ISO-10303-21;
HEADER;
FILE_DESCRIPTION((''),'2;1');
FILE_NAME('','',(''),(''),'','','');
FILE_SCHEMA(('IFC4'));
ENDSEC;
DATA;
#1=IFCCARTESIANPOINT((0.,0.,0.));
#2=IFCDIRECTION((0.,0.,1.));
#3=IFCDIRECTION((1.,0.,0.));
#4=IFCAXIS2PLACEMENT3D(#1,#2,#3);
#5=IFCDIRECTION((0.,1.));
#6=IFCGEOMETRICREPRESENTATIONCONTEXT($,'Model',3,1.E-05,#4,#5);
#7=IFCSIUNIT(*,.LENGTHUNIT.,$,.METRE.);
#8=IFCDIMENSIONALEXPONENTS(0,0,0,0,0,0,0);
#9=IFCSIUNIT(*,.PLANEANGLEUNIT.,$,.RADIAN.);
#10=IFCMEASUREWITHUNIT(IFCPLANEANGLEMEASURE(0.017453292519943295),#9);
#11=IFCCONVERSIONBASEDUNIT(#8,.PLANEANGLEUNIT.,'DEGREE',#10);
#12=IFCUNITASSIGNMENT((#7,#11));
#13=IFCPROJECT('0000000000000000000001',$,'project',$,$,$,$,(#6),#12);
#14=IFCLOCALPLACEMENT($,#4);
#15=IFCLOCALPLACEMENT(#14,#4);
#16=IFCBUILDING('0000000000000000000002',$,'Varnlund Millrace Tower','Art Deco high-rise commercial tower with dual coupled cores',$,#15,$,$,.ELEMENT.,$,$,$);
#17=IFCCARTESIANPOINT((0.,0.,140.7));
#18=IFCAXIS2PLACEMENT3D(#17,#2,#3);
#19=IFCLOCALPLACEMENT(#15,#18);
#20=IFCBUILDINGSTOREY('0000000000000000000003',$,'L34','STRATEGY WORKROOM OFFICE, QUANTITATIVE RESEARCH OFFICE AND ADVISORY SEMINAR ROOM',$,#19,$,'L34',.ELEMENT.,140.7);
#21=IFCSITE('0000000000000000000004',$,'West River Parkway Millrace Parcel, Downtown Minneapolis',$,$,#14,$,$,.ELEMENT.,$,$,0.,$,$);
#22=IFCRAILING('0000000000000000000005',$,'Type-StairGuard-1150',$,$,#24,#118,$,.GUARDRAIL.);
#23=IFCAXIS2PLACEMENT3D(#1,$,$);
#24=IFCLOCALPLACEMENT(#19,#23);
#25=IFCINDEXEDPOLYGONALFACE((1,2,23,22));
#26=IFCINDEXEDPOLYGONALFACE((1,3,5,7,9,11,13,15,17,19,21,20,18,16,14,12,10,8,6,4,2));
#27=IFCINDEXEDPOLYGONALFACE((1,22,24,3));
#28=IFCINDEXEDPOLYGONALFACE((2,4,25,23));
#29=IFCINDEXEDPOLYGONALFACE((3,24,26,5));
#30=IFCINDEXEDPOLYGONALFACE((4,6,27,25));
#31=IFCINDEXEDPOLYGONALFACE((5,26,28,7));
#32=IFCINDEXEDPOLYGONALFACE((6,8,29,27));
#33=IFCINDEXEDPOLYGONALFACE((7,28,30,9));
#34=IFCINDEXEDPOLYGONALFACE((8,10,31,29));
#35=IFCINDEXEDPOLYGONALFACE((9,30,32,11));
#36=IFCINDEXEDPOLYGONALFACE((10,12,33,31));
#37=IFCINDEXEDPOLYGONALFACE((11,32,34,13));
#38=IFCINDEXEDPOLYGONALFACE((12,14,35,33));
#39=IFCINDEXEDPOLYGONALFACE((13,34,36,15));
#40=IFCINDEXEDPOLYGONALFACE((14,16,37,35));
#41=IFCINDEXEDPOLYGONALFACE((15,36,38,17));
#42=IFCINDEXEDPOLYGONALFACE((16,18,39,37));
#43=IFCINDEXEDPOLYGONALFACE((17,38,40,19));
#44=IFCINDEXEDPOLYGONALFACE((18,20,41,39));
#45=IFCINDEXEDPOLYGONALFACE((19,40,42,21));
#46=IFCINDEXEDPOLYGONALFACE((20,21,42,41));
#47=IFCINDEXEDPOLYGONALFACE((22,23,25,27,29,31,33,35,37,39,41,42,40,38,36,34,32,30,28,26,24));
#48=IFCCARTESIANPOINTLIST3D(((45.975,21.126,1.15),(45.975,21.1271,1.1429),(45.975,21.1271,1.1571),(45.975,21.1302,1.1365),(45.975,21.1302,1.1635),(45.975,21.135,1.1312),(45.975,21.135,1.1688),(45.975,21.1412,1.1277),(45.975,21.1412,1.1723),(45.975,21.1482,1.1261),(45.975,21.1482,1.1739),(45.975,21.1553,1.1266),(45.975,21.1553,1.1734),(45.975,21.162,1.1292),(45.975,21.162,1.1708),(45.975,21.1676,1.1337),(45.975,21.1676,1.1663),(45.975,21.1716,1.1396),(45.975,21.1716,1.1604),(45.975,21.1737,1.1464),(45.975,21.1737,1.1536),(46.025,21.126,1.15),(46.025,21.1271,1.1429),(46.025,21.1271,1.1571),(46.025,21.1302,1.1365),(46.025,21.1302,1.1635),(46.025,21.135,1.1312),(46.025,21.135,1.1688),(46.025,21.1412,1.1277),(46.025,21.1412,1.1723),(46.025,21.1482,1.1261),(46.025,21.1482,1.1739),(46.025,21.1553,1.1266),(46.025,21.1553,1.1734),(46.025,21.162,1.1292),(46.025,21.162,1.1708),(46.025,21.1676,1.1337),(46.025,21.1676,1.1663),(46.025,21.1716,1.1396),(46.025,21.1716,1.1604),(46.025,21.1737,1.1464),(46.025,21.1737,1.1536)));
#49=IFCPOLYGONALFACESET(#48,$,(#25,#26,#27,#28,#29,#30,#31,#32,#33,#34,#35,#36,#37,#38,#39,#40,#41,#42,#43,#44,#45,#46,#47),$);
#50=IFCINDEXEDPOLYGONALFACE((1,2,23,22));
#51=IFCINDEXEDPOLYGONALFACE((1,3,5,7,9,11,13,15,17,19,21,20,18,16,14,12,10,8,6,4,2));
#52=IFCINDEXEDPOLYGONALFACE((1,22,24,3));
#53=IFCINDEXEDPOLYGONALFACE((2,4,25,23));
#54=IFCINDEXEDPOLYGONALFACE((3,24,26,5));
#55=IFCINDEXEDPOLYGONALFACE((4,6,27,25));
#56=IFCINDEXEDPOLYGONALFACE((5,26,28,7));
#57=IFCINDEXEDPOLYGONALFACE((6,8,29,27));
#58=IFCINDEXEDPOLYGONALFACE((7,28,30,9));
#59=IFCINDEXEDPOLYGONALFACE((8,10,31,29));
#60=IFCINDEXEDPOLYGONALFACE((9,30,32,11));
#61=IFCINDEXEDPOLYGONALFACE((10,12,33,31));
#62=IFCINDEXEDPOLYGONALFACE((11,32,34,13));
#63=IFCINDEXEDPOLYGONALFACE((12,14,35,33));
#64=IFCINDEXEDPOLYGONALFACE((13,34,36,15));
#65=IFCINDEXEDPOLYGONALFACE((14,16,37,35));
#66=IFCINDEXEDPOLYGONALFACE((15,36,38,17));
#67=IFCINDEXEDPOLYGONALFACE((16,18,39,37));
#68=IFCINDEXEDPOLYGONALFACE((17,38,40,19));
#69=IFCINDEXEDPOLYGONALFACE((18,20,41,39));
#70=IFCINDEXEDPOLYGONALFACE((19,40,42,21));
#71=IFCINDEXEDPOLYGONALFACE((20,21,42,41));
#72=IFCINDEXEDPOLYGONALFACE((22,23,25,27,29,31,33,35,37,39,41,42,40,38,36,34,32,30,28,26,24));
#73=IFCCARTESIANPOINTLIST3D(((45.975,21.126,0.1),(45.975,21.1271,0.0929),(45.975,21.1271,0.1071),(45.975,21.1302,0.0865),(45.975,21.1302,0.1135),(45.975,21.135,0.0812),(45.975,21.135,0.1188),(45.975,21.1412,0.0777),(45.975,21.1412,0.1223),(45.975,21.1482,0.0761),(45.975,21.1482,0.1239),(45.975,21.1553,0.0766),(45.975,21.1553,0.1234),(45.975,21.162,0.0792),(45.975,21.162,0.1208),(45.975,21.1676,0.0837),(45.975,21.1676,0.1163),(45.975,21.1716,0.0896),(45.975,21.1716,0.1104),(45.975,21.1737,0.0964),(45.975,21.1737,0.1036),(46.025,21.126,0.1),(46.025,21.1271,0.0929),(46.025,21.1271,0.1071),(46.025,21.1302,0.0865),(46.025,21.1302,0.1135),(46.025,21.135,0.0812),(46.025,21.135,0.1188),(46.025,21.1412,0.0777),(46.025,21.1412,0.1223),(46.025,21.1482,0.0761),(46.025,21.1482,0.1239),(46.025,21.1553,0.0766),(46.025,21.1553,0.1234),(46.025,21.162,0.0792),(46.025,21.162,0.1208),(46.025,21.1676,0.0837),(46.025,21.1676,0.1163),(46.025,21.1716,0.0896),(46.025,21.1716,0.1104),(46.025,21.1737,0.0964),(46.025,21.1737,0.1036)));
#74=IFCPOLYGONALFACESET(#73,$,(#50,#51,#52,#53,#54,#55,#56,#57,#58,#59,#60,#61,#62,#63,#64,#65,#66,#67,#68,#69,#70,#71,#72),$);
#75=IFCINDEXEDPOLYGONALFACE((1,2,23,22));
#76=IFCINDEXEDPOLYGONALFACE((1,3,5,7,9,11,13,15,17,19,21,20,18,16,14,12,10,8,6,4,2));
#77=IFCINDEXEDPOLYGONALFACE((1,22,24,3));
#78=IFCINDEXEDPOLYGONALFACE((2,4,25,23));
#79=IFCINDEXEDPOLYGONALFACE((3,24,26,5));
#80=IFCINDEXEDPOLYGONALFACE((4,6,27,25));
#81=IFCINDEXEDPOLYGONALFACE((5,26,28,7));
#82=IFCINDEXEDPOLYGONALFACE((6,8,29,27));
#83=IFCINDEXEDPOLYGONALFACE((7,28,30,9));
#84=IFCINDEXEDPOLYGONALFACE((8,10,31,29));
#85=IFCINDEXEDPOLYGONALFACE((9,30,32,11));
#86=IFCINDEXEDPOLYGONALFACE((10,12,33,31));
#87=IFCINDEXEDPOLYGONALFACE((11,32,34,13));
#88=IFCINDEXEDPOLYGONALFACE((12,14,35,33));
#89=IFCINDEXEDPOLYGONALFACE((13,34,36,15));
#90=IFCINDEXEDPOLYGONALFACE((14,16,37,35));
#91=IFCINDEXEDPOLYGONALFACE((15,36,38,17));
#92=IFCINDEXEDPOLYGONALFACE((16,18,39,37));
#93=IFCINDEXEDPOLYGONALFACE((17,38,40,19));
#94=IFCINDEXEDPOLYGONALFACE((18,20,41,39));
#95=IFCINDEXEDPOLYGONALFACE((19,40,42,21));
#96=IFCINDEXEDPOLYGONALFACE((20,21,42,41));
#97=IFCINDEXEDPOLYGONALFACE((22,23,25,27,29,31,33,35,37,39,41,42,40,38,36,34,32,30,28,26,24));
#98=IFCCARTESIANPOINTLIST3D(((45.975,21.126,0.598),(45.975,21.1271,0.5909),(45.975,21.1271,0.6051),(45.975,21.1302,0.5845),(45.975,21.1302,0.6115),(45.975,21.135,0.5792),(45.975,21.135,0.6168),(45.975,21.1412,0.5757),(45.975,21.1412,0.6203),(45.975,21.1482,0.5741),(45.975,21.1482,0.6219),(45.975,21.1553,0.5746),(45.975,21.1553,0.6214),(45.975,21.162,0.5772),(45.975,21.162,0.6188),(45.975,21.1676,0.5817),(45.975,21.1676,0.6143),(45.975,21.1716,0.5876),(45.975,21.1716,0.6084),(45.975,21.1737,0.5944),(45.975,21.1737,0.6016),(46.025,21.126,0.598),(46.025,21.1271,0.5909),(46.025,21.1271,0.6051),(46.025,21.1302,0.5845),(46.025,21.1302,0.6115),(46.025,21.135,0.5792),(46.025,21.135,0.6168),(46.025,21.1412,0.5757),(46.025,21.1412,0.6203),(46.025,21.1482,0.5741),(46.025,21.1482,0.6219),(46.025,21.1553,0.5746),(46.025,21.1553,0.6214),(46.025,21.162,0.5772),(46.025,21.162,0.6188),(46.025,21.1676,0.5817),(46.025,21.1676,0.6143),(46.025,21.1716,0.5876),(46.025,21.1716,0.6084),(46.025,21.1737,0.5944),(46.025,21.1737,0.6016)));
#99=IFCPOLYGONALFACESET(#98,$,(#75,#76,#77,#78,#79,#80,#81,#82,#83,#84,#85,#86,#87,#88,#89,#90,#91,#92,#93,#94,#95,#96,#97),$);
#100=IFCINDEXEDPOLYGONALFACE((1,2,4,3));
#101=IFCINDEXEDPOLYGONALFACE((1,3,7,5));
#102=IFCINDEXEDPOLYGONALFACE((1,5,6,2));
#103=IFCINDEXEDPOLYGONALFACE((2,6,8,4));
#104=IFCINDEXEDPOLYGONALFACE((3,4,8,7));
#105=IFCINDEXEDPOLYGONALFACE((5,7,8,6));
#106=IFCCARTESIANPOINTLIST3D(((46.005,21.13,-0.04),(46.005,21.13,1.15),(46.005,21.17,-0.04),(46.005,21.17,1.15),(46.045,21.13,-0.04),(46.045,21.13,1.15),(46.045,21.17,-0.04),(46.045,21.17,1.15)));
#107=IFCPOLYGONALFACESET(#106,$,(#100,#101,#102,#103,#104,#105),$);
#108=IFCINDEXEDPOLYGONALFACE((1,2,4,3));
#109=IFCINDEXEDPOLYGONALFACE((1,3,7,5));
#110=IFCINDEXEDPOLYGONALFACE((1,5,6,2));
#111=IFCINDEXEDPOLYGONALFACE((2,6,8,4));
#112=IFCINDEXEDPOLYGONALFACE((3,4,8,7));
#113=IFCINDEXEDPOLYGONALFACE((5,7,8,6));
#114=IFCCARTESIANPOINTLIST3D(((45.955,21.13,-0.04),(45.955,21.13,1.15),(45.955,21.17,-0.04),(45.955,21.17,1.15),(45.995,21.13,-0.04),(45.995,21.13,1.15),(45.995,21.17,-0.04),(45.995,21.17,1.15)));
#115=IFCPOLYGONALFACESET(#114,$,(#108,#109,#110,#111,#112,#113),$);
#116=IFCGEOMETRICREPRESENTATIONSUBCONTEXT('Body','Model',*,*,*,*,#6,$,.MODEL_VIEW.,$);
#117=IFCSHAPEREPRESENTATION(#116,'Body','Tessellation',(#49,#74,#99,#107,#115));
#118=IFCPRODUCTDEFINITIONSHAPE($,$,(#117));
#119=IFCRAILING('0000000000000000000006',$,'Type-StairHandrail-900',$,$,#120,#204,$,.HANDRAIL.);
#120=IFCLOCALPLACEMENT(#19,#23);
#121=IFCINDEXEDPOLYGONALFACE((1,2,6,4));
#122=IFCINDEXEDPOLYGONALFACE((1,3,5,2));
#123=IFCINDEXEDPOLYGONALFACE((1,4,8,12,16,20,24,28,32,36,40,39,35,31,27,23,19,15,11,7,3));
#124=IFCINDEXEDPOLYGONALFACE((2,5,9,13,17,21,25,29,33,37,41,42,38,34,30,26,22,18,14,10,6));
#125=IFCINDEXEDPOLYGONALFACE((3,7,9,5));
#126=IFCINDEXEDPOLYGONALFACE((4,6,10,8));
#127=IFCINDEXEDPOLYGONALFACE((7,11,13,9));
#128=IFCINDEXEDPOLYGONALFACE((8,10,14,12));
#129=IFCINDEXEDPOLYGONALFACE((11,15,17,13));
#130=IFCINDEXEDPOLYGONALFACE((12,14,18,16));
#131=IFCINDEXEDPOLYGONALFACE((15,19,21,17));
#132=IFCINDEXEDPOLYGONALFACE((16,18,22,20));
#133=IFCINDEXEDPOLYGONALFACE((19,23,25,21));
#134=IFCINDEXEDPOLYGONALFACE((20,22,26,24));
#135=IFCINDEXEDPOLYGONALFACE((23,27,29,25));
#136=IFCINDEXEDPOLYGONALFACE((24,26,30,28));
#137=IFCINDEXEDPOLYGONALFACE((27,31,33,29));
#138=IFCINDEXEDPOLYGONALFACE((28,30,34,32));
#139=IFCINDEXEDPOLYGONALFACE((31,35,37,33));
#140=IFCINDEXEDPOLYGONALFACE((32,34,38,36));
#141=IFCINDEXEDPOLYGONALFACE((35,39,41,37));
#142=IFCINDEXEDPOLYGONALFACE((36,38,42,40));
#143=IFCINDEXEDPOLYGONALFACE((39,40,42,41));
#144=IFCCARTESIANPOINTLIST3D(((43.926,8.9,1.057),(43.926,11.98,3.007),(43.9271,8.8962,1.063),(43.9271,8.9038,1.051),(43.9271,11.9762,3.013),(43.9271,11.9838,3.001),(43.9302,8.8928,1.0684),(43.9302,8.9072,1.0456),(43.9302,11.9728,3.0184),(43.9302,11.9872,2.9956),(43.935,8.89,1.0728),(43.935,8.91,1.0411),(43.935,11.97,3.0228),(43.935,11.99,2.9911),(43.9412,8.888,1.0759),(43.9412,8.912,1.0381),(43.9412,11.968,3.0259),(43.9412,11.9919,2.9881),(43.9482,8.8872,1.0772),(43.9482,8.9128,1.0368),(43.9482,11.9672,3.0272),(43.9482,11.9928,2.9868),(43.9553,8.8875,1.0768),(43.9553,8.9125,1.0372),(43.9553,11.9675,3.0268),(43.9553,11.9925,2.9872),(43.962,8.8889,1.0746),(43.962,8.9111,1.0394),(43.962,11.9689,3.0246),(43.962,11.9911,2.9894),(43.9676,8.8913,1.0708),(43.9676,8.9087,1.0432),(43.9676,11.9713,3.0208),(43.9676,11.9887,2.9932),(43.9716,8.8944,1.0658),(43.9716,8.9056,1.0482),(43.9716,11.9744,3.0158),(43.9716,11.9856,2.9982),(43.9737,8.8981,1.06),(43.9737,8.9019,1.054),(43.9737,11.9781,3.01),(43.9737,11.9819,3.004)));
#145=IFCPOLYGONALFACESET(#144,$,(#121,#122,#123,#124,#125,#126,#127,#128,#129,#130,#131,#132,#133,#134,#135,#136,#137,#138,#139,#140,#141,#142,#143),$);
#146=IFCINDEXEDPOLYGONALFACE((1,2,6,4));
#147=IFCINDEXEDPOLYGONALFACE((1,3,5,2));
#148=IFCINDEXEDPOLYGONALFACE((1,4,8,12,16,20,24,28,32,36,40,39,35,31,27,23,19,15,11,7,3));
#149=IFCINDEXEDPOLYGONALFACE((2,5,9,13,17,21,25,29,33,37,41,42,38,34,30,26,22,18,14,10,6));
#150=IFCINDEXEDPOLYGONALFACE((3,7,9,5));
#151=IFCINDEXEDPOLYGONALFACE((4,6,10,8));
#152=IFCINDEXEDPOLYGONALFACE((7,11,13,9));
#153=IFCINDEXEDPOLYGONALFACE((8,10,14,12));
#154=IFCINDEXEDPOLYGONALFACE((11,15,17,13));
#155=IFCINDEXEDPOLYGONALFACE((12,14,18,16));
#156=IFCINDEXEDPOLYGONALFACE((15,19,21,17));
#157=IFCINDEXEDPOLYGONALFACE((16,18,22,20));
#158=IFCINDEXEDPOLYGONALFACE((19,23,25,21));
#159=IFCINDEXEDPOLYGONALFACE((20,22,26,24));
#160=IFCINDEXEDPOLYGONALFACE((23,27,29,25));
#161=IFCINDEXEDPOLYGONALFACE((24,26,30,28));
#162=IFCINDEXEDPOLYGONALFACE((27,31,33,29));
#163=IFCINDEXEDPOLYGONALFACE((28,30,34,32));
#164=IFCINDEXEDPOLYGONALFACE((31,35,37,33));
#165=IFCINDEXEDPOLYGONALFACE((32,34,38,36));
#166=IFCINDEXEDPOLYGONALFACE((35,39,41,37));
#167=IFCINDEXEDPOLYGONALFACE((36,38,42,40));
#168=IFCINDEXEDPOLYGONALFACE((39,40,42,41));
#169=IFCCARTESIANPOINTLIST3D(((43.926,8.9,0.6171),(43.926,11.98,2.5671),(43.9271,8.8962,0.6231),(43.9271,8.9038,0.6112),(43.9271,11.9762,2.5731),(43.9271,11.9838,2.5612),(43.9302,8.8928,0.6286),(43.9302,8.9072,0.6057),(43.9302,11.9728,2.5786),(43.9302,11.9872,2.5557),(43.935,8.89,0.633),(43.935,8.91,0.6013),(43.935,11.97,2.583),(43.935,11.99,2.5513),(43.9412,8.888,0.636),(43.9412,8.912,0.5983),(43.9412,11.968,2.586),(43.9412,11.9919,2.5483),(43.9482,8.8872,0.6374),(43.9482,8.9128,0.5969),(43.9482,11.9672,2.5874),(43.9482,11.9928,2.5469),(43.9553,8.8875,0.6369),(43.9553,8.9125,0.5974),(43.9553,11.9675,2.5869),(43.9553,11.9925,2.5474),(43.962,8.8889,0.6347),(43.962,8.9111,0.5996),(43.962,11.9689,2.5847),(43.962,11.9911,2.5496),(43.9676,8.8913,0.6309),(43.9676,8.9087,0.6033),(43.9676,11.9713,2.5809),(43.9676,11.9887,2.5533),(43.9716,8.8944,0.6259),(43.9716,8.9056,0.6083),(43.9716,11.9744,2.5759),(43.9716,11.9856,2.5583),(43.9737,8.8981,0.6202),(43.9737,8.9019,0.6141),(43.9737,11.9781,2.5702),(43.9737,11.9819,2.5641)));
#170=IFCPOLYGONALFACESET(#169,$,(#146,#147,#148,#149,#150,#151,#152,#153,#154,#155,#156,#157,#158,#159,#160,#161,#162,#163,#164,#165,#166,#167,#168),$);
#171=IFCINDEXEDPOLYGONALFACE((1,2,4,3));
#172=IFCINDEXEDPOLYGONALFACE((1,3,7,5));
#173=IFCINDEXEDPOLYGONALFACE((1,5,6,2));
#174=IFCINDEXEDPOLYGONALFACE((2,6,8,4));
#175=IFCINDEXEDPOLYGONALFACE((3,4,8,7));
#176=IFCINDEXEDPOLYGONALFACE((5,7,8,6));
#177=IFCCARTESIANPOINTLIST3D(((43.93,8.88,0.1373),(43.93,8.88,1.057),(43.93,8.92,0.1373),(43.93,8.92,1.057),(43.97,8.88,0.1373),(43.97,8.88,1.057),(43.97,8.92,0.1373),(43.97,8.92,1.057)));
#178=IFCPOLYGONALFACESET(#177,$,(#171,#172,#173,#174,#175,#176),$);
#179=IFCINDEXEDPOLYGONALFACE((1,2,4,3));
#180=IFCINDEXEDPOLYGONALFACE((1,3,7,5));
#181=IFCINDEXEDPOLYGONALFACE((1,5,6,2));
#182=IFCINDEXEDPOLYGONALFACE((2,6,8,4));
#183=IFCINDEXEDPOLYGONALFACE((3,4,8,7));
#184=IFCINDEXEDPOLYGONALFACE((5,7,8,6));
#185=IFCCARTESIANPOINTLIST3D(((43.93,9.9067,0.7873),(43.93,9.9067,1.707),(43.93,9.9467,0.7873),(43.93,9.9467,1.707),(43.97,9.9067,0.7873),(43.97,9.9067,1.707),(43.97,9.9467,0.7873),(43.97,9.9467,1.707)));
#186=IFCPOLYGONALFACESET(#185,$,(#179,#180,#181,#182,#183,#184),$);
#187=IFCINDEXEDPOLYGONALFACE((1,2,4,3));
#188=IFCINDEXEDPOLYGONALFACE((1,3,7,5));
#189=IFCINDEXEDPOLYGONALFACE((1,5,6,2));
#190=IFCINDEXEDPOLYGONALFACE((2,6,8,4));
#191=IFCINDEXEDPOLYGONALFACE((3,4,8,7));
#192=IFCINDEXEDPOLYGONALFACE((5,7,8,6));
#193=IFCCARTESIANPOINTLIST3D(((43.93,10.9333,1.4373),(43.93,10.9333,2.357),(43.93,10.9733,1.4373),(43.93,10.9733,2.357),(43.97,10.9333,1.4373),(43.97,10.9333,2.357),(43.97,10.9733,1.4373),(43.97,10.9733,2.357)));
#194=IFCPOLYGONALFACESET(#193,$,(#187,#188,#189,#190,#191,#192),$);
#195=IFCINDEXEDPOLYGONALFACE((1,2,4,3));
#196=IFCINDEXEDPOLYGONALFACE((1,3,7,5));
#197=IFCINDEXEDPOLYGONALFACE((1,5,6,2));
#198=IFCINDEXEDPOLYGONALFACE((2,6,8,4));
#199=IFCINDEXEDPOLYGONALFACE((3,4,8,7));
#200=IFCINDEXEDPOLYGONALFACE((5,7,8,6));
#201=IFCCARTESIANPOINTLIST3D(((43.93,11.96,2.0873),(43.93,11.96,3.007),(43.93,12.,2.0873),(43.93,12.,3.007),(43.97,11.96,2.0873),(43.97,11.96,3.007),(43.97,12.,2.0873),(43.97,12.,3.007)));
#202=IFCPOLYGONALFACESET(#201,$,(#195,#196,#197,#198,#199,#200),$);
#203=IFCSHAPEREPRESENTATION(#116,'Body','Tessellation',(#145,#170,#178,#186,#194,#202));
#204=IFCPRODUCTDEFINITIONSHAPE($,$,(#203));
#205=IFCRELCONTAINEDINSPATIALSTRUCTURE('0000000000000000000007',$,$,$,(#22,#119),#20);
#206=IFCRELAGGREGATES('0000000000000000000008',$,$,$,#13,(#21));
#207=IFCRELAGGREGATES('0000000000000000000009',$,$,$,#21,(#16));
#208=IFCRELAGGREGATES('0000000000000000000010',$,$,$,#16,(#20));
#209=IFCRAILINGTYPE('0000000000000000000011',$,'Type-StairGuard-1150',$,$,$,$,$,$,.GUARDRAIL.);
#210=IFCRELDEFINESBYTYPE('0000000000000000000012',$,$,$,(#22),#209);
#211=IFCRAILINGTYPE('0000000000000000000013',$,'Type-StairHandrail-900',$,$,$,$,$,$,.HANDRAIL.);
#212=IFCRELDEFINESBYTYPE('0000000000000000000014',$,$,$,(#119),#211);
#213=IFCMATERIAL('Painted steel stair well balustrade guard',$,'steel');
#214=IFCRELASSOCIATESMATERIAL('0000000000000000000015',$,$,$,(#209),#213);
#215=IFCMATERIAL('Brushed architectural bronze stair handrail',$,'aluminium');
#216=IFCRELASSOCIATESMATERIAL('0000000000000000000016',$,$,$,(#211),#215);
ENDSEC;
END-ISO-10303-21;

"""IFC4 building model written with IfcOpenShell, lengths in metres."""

from ifc_helpers import new_model, entity, si_unit, converted_unit, direction, frame, origin_with_axes, origin_2d_with_axis, place, context, subcontext, project, spatial, rectangle, circle, extrude, material, type_object, element, save


model = new_model("IFC4")

# Units and contexts
model_context = context("Model", 3, precision=1e-05, world=origin_with_axes(), true_north=direction((0.0, 1.0)))
body_context = subcontext(model_context, "Body", "Model", "MODEL_VIEW")
ifc_project = project(units=[si_unit("LENGTHUNIT", "METRE"), converted_unit("PLANEANGLEUNIT", "DEGREE", entity("IfcPlaneAngleMeasure", 0.017453292519943295), si_unit("PLANEANGLEUNIT", "RADIAN"), dimensions=[0, 0, 0, 0, 0, 0, 0])], contexts=[model_context])

# Site, building, storey
site_placement = place(None, origin_with_axes())
site = spatial("IfcSite", under=ifc_project, at=site_placement, Name="West River Parkway Millrace Parcel, Downtown Minneapolis", CompositionType="ELEMENT", RefElevation=0.0)
building_placement = place(site_placement, origin_with_axes())
building = spatial("IfcBuilding", under=site, at=building_placement, Name="Varnlund Millrace Tower", Description="Art Deco high-rise commercial tower with dual coupled cores", CompositionType="ELEMENT")
storey_placement = place(building_placement, frame((0.0, 0.0, 140.7), z_axis=(0.0, 0.0, 1.0), x_axis=(1.0, 0.0, 0.0)))
storey = spatial("IfcBuildingStorey", under=building, at=storey_placement, Name="L34", Description="STRATEGY WORKROOM OFFICE, QUANTITATIVE RESEARCH OFFICE AND ADVISORY SEMINAR ROOM", LongName="L34", CompositionType="ELEMENT", Elevation=140.7)

# Railings
ifc_material_1 = material(Name="Painted steel stair well balustrade guard", Category="steel")
railing_type_1 = type_object("IfcRailingType", Name="Type-StairGuard-1150", PredefinedType="GUARDRAIL", material=ifc_material_1)
railing_1_placement = place(storey_placement, frame((0.0, 0.0, -140.7), z_axis=(0.0, 0.0, 1.0), x_axis=(1.0, 0.0, 0.0)))
element("IfcRailing", 1, at=railing_1_placement, inside=storey, type_object=railing_type_1, Name="Type-StairGuard-1150", PredefinedType="GUARDRAIL", context=body_context, shape_type="SweptSolid", body=[
    extrude(circle(Radius=0.024, at=origin_2d_with_axis()), frame((46.025, 21.15, 141.85), z_axis=(-1.0, 0.0, 0.0), x_axis=(0.0, -1.0, 0.0)), (0.0, 0.0, 1.0), 0.05),
    extrude(circle(Radius=0.024, at=origin_2d_with_axis()), frame((46.025, 21.15, 140.8), z_axis=(-1.0, 0.0, 0.0), x_axis=(0.0, -1.0, 0.0)), (0.0, 0.0, 1.0), 0.05),
    extrude(circle(Radius=0.024, at=origin_2d_with_axis()), frame((46.025, 21.15, 141.298), z_axis=(-1.0, 0.0, 0.0), x_axis=(0.0, -1.0, 0.0)), (0.0, 0.0, 1.0), 0.05),
    extrude(rectangle(XDim=0.04, YDim=0.04, at=origin_2d_with_axis()), frame((46.025, 21.15, 140.66), z_axis=(0.0, 0.0, 1.0), x_axis=(1.0, 0.0, 0.0)), (0.0, 0.0, 1.0), 1.19),
    extrude(rectangle(XDim=0.04, YDim=0.04, at=origin_2d_with_axis()), frame((45.975, 21.15, 140.66), z_axis=(0.0, 0.0, 1.0), x_axis=(1.0, 0.0, 0.0)), (0.0, 0.0, 1.0), 1.19),
])
ifc_material_2 = material(Name="Brushed architectural bronze stair handrail", Category="aluminium")
railing_type_2 = type_object("IfcRailingType", Name="Type-StairHandrail-900", PredefinedType="HANDRAIL", material=ifc_material_2)
railing_2_placement = place(storey_placement, frame((0.0, 0.0, -140.7), z_axis=(0.0, 0.0, 1.0), x_axis=(1.0, 0.0, 0.0)))
element("IfcRailing", 2, at=railing_2_placement, inside=storey, type_object=railing_type_2, Name="Type-StairHandrail-900", PredefinedType="HANDRAIL", context=body_context, shape_type="SweptSolid", body=[
    extrude(circle(Radius=0.024, at=origin_2d_with_axis()), frame((43.95, 8.9, 141.757), z_axis=(0.0, 0.844902, 0.534922), x_axis=(-1.0, 0.0, 0.0)), (0.0, 0.0, 1.0), 3.6454),
    extrude(circle(Radius=0.024, at=origin_2d_with_axis()), frame((43.95, 8.9, 141.3171), z_axis=(0.0, 0.844902, 0.534922), x_axis=(-1.0, 0.0, 0.0)), (0.0, 0.0, 1.0), 3.6454),
    extrude(rectangle(XDim=0.04, YDim=0.04, at=origin_2d_with_axis()), frame((43.95, 8.9, 140.8373), z_axis=(0.0, 0.0, 1.0), x_axis=(1.0, 0.0, 0.0)), (0.0, 0.0, 1.0), 0.9197),
    extrude(rectangle(XDim=0.04, YDim=0.04, at=origin_2d_with_axis()), frame((43.95, 9.9267, 141.4873), z_axis=(0.0, 0.0, 1.0), x_axis=(1.0, 0.0, 0.0)), (0.0, 0.0, 1.0), 0.9197),
    extrude(rectangle(XDim=0.04, YDim=0.04, at=origin_2d_with_axis()), frame((43.95, 10.9533, 142.1373), z_axis=(0.0, 0.0, 1.0), x_axis=(1.0, 0.0, 0.0)), (0.0, 0.0, 1.0), 0.9197),
    extrude(rectangle(XDim=0.04, YDim=0.04, at=origin_2d_with_axis()), frame((43.95, 11.98, 142.7873), z_axis=(0.0, 0.0, 1.0), x_axis=(1.0, 0.0, 0.0)), (0.0, 0.0, 1.0), 0.9197),
])

save(model, "model.ifc")
